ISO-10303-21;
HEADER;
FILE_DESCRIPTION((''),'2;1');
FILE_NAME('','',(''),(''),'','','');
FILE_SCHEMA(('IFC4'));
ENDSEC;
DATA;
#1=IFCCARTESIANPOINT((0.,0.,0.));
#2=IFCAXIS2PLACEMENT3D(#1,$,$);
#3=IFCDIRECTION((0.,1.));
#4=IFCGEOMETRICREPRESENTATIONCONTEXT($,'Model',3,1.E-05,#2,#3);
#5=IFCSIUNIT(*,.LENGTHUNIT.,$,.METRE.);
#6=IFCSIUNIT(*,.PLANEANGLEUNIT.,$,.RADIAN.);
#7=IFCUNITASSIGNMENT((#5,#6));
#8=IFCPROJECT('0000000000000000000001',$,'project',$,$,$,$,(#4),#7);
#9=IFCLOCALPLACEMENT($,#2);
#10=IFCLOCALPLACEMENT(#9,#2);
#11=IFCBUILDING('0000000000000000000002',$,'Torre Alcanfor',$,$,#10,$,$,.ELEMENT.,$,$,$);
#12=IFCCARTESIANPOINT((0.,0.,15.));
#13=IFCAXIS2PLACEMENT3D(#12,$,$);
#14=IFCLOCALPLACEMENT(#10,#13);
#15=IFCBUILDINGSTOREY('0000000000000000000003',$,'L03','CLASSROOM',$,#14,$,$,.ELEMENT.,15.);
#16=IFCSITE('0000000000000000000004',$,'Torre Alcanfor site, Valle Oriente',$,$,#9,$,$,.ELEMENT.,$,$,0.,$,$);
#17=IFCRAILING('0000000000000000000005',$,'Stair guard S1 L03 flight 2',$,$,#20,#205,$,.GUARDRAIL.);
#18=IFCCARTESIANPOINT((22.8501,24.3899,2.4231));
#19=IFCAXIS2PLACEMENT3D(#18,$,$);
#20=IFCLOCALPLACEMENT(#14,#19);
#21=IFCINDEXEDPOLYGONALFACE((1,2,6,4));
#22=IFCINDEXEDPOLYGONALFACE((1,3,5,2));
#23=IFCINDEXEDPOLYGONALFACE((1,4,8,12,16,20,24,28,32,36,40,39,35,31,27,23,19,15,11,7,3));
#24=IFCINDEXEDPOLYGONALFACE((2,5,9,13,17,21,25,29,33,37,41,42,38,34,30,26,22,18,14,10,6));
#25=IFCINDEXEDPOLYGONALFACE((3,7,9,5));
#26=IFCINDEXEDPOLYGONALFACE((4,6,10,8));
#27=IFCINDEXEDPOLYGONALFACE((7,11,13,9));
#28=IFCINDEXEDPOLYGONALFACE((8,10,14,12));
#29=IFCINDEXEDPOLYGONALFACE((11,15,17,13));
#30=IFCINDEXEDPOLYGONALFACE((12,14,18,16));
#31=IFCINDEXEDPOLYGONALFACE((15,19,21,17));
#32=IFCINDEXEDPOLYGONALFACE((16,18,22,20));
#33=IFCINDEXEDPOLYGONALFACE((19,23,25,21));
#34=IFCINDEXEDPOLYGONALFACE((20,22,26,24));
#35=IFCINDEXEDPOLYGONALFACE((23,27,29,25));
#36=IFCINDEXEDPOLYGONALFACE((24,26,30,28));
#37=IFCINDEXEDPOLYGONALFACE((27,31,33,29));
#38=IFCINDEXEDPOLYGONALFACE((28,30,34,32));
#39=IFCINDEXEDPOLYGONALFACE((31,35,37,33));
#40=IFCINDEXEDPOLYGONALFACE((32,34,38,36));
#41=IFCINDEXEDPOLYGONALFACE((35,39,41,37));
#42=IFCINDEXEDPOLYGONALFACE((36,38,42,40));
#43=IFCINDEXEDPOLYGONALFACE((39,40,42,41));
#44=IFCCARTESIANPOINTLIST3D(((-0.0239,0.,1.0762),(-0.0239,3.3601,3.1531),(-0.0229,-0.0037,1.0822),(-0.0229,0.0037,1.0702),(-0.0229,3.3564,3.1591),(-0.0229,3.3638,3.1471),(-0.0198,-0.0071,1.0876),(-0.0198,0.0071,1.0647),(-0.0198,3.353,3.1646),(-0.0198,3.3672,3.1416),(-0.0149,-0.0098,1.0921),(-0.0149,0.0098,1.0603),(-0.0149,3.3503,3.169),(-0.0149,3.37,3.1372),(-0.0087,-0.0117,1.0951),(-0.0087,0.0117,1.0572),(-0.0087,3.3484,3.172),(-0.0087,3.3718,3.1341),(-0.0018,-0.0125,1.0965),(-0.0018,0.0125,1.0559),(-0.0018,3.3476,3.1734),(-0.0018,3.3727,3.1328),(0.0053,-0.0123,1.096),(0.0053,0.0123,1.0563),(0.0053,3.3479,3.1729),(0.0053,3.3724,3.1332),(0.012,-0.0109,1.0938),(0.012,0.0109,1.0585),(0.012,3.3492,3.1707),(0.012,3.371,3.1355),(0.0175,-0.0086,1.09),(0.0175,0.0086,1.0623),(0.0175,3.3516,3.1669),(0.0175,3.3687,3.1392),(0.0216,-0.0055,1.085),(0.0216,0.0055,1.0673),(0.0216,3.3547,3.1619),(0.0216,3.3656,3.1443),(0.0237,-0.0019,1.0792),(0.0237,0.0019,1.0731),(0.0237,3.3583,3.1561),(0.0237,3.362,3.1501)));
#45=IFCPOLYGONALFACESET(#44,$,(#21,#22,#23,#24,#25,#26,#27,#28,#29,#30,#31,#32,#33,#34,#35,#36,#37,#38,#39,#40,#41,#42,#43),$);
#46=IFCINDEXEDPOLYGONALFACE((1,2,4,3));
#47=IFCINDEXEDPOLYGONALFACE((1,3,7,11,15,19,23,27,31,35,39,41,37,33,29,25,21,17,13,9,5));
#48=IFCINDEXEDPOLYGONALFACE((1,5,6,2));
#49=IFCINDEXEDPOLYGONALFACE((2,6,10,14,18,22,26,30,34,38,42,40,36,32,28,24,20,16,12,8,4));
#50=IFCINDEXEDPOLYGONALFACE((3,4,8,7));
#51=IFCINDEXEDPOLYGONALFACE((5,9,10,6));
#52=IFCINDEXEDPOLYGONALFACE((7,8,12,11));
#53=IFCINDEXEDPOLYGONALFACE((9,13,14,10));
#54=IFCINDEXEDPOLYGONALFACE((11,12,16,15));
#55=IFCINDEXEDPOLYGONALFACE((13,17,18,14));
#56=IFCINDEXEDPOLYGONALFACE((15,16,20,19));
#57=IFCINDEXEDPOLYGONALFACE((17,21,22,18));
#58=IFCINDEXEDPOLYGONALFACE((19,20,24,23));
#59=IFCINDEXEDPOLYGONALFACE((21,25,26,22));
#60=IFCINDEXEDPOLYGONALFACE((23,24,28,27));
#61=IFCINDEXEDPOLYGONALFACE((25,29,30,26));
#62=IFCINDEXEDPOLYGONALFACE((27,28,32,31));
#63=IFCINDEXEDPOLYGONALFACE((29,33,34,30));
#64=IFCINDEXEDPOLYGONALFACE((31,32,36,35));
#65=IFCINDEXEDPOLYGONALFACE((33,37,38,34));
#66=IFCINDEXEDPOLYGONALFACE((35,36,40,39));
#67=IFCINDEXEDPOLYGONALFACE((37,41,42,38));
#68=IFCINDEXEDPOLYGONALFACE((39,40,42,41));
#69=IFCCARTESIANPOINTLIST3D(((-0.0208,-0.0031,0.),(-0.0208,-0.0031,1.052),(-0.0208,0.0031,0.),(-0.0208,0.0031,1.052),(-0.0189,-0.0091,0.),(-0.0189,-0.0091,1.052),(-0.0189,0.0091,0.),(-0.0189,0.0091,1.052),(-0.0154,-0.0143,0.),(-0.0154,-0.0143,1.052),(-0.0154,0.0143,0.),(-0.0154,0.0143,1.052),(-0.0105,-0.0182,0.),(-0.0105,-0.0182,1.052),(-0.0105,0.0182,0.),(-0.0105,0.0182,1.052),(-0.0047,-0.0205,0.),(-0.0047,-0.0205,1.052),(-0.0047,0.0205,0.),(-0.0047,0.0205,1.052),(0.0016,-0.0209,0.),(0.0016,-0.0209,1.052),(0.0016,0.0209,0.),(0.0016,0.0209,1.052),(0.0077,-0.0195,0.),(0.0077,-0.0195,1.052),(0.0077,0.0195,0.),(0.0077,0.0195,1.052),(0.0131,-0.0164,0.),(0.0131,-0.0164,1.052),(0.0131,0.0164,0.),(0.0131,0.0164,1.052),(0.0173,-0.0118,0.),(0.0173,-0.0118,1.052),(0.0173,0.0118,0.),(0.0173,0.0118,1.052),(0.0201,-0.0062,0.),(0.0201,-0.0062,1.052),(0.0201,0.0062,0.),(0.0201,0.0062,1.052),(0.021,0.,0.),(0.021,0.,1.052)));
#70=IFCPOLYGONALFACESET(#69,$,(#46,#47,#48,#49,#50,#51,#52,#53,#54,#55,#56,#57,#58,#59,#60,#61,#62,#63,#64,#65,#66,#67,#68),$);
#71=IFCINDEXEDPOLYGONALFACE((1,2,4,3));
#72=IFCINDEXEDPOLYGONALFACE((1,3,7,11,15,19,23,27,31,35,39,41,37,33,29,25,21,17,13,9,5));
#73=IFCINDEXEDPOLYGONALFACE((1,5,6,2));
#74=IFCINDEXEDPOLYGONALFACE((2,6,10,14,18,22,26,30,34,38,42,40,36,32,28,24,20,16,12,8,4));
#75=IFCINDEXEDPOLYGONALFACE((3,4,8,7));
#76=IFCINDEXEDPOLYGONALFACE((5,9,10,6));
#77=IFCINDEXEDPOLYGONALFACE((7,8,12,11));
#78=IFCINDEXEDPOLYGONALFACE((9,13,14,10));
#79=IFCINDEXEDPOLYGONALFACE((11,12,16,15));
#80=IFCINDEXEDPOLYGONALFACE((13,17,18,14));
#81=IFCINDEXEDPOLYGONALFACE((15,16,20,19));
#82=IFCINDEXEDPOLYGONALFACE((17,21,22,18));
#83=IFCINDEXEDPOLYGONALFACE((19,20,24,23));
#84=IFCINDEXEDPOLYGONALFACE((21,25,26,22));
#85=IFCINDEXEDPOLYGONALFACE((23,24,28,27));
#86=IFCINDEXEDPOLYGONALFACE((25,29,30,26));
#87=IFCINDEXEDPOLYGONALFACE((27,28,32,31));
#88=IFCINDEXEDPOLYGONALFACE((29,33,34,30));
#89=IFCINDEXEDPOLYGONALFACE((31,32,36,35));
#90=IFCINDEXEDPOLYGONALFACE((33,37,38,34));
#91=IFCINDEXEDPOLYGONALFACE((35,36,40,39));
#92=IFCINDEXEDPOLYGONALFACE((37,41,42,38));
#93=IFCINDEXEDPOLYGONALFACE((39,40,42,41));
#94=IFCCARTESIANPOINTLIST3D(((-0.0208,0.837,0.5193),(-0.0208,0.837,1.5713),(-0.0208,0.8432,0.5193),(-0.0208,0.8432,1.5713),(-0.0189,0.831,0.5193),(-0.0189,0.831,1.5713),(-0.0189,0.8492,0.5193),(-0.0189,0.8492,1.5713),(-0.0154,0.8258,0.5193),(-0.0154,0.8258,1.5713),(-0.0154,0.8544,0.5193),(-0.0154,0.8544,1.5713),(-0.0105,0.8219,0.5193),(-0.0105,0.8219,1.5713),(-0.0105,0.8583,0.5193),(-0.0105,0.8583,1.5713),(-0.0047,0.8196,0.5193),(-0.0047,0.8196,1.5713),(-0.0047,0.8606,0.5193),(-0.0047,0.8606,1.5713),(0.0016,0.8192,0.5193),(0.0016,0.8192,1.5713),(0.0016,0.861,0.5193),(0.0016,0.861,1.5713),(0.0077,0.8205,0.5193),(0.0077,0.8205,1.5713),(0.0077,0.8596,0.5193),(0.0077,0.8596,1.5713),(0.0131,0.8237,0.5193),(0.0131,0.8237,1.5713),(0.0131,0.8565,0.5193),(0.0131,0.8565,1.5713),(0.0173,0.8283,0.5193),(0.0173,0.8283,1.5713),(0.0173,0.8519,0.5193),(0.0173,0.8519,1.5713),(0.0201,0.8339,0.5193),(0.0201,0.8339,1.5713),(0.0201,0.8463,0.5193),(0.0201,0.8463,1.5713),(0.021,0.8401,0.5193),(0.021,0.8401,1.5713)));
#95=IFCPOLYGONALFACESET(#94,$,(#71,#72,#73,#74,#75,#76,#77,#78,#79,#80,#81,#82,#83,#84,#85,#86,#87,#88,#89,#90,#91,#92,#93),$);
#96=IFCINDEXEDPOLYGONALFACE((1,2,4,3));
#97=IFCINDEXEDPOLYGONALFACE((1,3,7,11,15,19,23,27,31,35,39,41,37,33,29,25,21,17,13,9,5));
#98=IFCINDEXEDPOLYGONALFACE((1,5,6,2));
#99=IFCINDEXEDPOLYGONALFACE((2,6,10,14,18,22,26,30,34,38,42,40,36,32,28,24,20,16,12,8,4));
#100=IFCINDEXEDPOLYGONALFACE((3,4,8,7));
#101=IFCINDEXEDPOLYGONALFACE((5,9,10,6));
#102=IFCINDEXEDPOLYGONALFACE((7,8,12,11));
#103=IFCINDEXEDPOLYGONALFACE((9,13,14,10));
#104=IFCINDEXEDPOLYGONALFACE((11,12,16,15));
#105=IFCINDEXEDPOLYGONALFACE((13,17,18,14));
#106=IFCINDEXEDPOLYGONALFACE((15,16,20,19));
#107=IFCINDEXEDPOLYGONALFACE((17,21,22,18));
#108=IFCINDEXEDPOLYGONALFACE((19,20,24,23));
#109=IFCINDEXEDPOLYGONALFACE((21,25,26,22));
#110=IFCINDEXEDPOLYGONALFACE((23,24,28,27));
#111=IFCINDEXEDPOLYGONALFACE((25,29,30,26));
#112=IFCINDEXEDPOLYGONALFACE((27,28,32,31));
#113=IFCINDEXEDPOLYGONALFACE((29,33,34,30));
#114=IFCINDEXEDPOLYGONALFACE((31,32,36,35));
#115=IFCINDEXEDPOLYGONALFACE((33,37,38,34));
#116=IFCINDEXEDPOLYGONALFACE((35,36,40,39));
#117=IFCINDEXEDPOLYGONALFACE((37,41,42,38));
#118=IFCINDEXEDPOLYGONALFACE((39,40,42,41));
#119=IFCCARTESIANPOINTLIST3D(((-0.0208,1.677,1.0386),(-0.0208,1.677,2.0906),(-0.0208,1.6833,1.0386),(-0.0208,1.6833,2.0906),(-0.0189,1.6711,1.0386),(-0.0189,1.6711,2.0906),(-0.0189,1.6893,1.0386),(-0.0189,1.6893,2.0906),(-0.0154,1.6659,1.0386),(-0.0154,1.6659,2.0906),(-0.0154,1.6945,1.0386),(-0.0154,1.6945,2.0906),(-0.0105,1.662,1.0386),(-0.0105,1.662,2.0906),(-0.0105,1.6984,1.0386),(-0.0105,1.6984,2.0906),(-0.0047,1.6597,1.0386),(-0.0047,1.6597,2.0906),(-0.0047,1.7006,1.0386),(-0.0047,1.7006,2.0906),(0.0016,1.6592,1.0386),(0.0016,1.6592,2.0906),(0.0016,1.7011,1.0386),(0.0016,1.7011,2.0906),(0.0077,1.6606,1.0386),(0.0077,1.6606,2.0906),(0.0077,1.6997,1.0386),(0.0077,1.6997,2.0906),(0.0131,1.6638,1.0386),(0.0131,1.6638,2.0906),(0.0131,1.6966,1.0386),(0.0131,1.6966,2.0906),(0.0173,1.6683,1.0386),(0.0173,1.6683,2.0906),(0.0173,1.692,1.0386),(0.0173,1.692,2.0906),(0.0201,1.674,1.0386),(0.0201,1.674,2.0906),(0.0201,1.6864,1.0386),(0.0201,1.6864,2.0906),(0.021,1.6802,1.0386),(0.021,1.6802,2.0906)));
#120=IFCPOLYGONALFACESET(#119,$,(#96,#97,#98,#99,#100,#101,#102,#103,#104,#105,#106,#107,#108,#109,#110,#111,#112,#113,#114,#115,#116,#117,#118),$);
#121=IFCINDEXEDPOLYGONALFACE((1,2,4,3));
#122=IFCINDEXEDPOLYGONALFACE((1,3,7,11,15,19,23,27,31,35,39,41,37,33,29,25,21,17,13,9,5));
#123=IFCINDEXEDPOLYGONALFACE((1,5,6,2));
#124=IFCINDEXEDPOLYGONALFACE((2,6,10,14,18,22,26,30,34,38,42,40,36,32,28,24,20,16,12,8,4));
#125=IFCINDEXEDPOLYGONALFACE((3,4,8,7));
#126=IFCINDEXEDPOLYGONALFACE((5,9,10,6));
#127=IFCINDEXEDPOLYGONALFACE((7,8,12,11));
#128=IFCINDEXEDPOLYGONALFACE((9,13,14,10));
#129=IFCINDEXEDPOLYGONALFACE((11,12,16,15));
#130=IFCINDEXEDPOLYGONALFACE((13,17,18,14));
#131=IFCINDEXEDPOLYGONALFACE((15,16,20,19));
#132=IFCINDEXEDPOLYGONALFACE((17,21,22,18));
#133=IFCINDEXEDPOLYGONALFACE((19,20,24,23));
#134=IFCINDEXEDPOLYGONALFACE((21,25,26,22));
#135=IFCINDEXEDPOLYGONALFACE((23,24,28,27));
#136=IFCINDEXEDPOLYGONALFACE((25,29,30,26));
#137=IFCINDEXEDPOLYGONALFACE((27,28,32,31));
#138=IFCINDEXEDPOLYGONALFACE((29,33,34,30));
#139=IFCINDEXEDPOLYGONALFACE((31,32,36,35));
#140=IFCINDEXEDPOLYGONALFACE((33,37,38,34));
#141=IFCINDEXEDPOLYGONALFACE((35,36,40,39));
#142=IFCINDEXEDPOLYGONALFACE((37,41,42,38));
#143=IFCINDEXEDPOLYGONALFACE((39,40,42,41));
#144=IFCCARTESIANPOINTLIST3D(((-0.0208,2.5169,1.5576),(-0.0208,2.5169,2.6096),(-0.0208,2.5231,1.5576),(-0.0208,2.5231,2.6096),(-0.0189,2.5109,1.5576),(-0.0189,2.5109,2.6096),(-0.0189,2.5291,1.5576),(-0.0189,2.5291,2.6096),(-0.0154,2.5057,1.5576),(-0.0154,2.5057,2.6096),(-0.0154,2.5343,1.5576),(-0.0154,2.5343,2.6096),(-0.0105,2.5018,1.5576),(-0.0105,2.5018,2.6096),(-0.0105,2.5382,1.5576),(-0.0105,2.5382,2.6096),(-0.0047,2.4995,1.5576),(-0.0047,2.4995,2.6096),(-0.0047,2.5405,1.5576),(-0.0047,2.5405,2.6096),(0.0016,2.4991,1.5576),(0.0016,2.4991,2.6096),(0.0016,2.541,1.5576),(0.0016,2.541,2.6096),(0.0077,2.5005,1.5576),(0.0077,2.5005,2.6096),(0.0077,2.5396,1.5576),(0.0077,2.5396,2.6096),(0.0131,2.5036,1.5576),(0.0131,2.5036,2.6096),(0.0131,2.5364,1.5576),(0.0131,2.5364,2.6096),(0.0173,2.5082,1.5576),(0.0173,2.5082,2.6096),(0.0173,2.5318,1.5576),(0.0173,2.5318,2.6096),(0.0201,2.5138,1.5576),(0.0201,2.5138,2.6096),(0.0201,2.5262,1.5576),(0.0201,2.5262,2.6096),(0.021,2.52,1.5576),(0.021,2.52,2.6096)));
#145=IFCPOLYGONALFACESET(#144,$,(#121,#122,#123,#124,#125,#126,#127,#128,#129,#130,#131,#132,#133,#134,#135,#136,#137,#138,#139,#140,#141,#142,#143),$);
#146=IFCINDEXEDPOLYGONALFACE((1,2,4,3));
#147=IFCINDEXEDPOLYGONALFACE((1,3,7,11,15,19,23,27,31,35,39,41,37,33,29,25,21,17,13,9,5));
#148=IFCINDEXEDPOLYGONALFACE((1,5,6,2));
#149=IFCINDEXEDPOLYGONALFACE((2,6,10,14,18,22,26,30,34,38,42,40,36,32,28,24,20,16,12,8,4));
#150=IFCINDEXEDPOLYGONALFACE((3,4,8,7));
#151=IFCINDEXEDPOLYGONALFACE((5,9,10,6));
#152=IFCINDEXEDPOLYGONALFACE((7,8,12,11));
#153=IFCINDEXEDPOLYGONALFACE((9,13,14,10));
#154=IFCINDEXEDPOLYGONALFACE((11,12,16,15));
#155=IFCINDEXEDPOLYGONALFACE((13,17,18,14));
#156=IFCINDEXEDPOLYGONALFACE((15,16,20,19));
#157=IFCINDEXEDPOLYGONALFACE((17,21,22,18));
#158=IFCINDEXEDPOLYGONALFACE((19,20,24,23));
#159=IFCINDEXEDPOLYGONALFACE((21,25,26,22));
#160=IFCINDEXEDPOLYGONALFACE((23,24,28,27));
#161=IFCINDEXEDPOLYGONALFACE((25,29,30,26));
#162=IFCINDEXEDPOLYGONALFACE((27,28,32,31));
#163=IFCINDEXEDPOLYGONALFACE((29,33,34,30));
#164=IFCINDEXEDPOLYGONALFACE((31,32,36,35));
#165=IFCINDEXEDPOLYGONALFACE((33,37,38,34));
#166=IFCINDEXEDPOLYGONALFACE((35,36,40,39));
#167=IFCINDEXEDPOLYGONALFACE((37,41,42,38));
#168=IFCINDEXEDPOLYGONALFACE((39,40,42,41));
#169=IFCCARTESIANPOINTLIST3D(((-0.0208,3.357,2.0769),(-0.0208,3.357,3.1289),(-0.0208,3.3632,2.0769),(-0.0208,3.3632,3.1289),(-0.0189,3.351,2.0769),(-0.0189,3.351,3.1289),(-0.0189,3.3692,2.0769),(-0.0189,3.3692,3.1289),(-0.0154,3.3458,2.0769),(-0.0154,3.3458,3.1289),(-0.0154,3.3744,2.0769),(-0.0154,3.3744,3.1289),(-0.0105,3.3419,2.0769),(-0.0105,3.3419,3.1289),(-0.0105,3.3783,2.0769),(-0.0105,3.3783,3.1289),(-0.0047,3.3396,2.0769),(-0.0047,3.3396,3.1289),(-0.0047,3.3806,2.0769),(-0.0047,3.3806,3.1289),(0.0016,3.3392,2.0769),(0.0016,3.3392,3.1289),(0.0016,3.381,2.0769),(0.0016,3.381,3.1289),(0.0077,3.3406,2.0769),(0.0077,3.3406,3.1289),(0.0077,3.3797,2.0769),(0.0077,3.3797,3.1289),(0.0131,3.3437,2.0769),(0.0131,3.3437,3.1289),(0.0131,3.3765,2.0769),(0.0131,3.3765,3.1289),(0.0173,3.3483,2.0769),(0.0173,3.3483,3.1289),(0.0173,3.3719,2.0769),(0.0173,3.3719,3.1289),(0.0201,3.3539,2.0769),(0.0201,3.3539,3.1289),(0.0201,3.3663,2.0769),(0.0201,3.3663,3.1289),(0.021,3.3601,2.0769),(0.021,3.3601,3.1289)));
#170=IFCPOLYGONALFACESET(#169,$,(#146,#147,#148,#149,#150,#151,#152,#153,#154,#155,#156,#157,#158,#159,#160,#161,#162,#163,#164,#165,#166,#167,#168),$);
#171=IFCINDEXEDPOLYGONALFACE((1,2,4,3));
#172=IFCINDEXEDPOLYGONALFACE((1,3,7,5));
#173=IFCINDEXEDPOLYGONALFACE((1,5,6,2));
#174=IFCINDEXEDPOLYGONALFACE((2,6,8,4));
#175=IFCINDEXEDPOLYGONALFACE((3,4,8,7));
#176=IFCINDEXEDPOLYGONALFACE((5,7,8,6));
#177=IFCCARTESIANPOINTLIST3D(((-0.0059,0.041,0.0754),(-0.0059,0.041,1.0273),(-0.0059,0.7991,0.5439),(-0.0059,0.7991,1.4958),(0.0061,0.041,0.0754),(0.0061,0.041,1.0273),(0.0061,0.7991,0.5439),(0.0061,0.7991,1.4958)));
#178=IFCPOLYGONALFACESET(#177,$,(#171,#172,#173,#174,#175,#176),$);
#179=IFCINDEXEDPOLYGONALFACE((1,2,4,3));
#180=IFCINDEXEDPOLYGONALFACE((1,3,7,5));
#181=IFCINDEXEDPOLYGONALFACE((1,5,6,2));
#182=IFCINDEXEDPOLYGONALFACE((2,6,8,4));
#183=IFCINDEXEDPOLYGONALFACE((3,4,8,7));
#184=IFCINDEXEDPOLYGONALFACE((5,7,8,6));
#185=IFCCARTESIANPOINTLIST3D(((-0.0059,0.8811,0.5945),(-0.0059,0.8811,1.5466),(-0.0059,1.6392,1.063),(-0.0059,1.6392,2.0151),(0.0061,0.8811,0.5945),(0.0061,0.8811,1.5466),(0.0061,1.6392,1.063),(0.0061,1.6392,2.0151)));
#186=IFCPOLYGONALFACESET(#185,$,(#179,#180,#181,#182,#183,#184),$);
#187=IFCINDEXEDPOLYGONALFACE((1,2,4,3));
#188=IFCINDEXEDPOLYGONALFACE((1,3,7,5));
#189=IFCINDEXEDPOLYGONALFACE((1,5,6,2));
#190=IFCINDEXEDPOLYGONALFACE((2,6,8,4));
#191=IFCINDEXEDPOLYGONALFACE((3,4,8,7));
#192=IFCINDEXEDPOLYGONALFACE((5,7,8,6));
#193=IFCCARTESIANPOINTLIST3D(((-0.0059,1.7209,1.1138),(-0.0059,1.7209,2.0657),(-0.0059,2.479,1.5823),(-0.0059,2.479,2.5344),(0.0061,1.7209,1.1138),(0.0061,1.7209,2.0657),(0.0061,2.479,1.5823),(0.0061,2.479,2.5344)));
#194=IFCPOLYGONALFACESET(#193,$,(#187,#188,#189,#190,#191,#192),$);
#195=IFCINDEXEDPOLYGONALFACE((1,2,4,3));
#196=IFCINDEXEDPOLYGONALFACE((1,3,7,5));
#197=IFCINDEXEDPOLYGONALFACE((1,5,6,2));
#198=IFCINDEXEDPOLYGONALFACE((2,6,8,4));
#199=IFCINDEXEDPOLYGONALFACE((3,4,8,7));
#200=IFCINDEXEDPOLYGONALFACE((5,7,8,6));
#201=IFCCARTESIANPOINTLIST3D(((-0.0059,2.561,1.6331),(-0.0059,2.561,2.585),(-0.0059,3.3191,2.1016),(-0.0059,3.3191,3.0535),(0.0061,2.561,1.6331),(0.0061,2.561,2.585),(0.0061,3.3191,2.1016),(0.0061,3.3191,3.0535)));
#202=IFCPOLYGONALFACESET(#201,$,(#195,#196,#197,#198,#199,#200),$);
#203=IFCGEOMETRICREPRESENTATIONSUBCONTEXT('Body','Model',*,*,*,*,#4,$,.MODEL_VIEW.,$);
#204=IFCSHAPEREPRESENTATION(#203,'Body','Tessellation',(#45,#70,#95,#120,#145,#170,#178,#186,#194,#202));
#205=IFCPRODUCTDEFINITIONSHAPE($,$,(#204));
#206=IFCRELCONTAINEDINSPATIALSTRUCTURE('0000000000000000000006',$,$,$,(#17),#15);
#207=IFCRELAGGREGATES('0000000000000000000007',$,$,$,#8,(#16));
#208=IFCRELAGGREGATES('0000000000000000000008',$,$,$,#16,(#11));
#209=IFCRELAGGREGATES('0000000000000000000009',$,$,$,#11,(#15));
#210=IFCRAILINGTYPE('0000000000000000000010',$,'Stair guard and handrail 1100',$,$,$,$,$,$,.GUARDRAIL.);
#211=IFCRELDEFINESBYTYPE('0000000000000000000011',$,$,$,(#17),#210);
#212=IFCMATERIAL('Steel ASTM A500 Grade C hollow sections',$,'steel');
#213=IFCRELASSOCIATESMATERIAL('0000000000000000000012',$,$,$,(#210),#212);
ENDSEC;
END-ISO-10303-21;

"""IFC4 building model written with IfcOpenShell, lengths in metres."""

from ifc_helpers import new_model, si_unit, direction, frame, origin, origin_2d, place, context, subcontext, project, spatial, polyline, circle, outline, extrude, material, type_object, element, save


model = new_model("IFC4")

# Units and contexts
model_context = context("Model", 3, precision=1e-05, world=origin(), true_north=direction((0.0, 1.0)))
body_context = subcontext(model_context, "Body", "Model", "MODEL_VIEW")
ifc_project = project(units=[si_unit("LENGTHUNIT", "METRE"), si_unit("PLANEANGLEUNIT", "RADIAN")], contexts=[model_context])

# Site, building, storey
site_placement = place(None, origin())
site = spatial("IfcSite", under=ifc_project, at=site_placement, Name="Torre Alcanfor site, Valle Oriente", CompositionType="ELEMENT", RefElevation=0.0)
building_placement = place(site_placement, origin())
building = spatial("IfcBuilding", under=site, at=building_placement, Name="Torre Alcanfor", CompositionType="ELEMENT")
storey_placement = place(building_placement, frame((0.0, 0.0, 15.0)))
storey = spatial("IfcBuildingStorey", under=building, at=storey_placement, Name="L03", Description="CLASSROOM", CompositionType="ELEMENT", Elevation=15.0)

# Railing
ifc_material_1 = material(Name="Steel ASTM A500 Grade C hollow sections", Category="steel")
railing_type_1 = type_object("IfcRailingType", Name="Stair guard and handrail 1100", PredefinedType="GUARDRAIL", material=ifc_material_1)
railing_1_placement = place(storey_placement, frame((22.8501, 24.3899, 2.4231)))
element("IfcRailing", 1, at=railing_1_placement, inside=storey, type_object=railing_type_1, Name="Stair guard S1 L03 flight 2", PredefinedType="GUARDRAIL", context=body_context, shape_type="SweptSolid", body=[
    extrude(circle(Radius=0.0239, at=origin_2d()), frame((0.0, 0.0, 1.0762), z_axis=(0.0, 0.850623, 0.525776), x_axis=(-1.0, 0.0, 0.0)), (0.0, 0.0, 1.0), 3.9502),
    extrude(circle(Radius=0.021, at=origin_2d()), origin(), (0.0, 0.0, 1.0), 1.052),
    extrude(circle(Radius=0.021, at=origin_2d()), frame((0.0, 0.8401, 0.5193)), (0.0, 0.0, 1.0), 1.052),
    extrude(circle(Radius=0.021, at=origin_2d()), frame((0.0, 1.6802, 1.0386)), (0.0, 0.0, 1.0), 1.052),
    extrude(circle(Radius=0.021, at=origin_2d()), frame((0.0, 2.52, 1.5576)), (0.0, 0.0, 1.0), 1.052),
    extrude(circle(Radius=0.021, at=origin_2d()), frame((0.0, 3.3601, 2.0769)), (0.0, 0.0, 1.0), 1.052),
    extrude(outline(polyline([(0.041, 0.0754), (0.7991, 0.5439), (0.7991, 1.4958), (0.041, 1.0273), (0.041, 0.0754)])), frame((-0.0059, 0.0, 0.0), z_axis=(1.0, 0.0, 0.0), x_axis=(0.0, 1.0, 0.0)), (0.0, 0.0, 1.0), 0.012),
    extrude(outline(polyline([(0.8811, 0.5945), (1.6392, 1.063), (1.6392, 2.0151), (0.8811, 1.5466), (0.8811, 0.5945)])), frame((-0.0059, 0.0, 0.0), z_axis=(1.0, 0.0, 0.0), x_axis=(0.0, 1.0, 0.0)), (0.0, 0.0, 1.0), 0.012),
    extrude(outline(polyline([(1.7209, 1.1138), (2.479, 1.5823), (2.479, 2.5344), (1.7209, 2.0657), (1.7209, 1.1138)])), frame((-0.0059, 0.0, 0.0), z_axis=(1.0, 0.0, 0.0), x_axis=(0.0, 1.0, 0.0)), (0.0, 0.0, 1.0), 0.012),
    extrude(outline(polyline([(2.561, 1.6331), (3.3191, 2.1016), (3.3191, 3.0535), (2.561, 2.585), (2.561, 1.6331)])), frame((-0.0059, 0.0, 0.0), z_axis=(1.0, 0.0, 0.0), x_axis=(0.0, 1.0, 0.0)), (0.0, 0.0, 1.0), 0.012),
])

save(model, "model.ifc")
